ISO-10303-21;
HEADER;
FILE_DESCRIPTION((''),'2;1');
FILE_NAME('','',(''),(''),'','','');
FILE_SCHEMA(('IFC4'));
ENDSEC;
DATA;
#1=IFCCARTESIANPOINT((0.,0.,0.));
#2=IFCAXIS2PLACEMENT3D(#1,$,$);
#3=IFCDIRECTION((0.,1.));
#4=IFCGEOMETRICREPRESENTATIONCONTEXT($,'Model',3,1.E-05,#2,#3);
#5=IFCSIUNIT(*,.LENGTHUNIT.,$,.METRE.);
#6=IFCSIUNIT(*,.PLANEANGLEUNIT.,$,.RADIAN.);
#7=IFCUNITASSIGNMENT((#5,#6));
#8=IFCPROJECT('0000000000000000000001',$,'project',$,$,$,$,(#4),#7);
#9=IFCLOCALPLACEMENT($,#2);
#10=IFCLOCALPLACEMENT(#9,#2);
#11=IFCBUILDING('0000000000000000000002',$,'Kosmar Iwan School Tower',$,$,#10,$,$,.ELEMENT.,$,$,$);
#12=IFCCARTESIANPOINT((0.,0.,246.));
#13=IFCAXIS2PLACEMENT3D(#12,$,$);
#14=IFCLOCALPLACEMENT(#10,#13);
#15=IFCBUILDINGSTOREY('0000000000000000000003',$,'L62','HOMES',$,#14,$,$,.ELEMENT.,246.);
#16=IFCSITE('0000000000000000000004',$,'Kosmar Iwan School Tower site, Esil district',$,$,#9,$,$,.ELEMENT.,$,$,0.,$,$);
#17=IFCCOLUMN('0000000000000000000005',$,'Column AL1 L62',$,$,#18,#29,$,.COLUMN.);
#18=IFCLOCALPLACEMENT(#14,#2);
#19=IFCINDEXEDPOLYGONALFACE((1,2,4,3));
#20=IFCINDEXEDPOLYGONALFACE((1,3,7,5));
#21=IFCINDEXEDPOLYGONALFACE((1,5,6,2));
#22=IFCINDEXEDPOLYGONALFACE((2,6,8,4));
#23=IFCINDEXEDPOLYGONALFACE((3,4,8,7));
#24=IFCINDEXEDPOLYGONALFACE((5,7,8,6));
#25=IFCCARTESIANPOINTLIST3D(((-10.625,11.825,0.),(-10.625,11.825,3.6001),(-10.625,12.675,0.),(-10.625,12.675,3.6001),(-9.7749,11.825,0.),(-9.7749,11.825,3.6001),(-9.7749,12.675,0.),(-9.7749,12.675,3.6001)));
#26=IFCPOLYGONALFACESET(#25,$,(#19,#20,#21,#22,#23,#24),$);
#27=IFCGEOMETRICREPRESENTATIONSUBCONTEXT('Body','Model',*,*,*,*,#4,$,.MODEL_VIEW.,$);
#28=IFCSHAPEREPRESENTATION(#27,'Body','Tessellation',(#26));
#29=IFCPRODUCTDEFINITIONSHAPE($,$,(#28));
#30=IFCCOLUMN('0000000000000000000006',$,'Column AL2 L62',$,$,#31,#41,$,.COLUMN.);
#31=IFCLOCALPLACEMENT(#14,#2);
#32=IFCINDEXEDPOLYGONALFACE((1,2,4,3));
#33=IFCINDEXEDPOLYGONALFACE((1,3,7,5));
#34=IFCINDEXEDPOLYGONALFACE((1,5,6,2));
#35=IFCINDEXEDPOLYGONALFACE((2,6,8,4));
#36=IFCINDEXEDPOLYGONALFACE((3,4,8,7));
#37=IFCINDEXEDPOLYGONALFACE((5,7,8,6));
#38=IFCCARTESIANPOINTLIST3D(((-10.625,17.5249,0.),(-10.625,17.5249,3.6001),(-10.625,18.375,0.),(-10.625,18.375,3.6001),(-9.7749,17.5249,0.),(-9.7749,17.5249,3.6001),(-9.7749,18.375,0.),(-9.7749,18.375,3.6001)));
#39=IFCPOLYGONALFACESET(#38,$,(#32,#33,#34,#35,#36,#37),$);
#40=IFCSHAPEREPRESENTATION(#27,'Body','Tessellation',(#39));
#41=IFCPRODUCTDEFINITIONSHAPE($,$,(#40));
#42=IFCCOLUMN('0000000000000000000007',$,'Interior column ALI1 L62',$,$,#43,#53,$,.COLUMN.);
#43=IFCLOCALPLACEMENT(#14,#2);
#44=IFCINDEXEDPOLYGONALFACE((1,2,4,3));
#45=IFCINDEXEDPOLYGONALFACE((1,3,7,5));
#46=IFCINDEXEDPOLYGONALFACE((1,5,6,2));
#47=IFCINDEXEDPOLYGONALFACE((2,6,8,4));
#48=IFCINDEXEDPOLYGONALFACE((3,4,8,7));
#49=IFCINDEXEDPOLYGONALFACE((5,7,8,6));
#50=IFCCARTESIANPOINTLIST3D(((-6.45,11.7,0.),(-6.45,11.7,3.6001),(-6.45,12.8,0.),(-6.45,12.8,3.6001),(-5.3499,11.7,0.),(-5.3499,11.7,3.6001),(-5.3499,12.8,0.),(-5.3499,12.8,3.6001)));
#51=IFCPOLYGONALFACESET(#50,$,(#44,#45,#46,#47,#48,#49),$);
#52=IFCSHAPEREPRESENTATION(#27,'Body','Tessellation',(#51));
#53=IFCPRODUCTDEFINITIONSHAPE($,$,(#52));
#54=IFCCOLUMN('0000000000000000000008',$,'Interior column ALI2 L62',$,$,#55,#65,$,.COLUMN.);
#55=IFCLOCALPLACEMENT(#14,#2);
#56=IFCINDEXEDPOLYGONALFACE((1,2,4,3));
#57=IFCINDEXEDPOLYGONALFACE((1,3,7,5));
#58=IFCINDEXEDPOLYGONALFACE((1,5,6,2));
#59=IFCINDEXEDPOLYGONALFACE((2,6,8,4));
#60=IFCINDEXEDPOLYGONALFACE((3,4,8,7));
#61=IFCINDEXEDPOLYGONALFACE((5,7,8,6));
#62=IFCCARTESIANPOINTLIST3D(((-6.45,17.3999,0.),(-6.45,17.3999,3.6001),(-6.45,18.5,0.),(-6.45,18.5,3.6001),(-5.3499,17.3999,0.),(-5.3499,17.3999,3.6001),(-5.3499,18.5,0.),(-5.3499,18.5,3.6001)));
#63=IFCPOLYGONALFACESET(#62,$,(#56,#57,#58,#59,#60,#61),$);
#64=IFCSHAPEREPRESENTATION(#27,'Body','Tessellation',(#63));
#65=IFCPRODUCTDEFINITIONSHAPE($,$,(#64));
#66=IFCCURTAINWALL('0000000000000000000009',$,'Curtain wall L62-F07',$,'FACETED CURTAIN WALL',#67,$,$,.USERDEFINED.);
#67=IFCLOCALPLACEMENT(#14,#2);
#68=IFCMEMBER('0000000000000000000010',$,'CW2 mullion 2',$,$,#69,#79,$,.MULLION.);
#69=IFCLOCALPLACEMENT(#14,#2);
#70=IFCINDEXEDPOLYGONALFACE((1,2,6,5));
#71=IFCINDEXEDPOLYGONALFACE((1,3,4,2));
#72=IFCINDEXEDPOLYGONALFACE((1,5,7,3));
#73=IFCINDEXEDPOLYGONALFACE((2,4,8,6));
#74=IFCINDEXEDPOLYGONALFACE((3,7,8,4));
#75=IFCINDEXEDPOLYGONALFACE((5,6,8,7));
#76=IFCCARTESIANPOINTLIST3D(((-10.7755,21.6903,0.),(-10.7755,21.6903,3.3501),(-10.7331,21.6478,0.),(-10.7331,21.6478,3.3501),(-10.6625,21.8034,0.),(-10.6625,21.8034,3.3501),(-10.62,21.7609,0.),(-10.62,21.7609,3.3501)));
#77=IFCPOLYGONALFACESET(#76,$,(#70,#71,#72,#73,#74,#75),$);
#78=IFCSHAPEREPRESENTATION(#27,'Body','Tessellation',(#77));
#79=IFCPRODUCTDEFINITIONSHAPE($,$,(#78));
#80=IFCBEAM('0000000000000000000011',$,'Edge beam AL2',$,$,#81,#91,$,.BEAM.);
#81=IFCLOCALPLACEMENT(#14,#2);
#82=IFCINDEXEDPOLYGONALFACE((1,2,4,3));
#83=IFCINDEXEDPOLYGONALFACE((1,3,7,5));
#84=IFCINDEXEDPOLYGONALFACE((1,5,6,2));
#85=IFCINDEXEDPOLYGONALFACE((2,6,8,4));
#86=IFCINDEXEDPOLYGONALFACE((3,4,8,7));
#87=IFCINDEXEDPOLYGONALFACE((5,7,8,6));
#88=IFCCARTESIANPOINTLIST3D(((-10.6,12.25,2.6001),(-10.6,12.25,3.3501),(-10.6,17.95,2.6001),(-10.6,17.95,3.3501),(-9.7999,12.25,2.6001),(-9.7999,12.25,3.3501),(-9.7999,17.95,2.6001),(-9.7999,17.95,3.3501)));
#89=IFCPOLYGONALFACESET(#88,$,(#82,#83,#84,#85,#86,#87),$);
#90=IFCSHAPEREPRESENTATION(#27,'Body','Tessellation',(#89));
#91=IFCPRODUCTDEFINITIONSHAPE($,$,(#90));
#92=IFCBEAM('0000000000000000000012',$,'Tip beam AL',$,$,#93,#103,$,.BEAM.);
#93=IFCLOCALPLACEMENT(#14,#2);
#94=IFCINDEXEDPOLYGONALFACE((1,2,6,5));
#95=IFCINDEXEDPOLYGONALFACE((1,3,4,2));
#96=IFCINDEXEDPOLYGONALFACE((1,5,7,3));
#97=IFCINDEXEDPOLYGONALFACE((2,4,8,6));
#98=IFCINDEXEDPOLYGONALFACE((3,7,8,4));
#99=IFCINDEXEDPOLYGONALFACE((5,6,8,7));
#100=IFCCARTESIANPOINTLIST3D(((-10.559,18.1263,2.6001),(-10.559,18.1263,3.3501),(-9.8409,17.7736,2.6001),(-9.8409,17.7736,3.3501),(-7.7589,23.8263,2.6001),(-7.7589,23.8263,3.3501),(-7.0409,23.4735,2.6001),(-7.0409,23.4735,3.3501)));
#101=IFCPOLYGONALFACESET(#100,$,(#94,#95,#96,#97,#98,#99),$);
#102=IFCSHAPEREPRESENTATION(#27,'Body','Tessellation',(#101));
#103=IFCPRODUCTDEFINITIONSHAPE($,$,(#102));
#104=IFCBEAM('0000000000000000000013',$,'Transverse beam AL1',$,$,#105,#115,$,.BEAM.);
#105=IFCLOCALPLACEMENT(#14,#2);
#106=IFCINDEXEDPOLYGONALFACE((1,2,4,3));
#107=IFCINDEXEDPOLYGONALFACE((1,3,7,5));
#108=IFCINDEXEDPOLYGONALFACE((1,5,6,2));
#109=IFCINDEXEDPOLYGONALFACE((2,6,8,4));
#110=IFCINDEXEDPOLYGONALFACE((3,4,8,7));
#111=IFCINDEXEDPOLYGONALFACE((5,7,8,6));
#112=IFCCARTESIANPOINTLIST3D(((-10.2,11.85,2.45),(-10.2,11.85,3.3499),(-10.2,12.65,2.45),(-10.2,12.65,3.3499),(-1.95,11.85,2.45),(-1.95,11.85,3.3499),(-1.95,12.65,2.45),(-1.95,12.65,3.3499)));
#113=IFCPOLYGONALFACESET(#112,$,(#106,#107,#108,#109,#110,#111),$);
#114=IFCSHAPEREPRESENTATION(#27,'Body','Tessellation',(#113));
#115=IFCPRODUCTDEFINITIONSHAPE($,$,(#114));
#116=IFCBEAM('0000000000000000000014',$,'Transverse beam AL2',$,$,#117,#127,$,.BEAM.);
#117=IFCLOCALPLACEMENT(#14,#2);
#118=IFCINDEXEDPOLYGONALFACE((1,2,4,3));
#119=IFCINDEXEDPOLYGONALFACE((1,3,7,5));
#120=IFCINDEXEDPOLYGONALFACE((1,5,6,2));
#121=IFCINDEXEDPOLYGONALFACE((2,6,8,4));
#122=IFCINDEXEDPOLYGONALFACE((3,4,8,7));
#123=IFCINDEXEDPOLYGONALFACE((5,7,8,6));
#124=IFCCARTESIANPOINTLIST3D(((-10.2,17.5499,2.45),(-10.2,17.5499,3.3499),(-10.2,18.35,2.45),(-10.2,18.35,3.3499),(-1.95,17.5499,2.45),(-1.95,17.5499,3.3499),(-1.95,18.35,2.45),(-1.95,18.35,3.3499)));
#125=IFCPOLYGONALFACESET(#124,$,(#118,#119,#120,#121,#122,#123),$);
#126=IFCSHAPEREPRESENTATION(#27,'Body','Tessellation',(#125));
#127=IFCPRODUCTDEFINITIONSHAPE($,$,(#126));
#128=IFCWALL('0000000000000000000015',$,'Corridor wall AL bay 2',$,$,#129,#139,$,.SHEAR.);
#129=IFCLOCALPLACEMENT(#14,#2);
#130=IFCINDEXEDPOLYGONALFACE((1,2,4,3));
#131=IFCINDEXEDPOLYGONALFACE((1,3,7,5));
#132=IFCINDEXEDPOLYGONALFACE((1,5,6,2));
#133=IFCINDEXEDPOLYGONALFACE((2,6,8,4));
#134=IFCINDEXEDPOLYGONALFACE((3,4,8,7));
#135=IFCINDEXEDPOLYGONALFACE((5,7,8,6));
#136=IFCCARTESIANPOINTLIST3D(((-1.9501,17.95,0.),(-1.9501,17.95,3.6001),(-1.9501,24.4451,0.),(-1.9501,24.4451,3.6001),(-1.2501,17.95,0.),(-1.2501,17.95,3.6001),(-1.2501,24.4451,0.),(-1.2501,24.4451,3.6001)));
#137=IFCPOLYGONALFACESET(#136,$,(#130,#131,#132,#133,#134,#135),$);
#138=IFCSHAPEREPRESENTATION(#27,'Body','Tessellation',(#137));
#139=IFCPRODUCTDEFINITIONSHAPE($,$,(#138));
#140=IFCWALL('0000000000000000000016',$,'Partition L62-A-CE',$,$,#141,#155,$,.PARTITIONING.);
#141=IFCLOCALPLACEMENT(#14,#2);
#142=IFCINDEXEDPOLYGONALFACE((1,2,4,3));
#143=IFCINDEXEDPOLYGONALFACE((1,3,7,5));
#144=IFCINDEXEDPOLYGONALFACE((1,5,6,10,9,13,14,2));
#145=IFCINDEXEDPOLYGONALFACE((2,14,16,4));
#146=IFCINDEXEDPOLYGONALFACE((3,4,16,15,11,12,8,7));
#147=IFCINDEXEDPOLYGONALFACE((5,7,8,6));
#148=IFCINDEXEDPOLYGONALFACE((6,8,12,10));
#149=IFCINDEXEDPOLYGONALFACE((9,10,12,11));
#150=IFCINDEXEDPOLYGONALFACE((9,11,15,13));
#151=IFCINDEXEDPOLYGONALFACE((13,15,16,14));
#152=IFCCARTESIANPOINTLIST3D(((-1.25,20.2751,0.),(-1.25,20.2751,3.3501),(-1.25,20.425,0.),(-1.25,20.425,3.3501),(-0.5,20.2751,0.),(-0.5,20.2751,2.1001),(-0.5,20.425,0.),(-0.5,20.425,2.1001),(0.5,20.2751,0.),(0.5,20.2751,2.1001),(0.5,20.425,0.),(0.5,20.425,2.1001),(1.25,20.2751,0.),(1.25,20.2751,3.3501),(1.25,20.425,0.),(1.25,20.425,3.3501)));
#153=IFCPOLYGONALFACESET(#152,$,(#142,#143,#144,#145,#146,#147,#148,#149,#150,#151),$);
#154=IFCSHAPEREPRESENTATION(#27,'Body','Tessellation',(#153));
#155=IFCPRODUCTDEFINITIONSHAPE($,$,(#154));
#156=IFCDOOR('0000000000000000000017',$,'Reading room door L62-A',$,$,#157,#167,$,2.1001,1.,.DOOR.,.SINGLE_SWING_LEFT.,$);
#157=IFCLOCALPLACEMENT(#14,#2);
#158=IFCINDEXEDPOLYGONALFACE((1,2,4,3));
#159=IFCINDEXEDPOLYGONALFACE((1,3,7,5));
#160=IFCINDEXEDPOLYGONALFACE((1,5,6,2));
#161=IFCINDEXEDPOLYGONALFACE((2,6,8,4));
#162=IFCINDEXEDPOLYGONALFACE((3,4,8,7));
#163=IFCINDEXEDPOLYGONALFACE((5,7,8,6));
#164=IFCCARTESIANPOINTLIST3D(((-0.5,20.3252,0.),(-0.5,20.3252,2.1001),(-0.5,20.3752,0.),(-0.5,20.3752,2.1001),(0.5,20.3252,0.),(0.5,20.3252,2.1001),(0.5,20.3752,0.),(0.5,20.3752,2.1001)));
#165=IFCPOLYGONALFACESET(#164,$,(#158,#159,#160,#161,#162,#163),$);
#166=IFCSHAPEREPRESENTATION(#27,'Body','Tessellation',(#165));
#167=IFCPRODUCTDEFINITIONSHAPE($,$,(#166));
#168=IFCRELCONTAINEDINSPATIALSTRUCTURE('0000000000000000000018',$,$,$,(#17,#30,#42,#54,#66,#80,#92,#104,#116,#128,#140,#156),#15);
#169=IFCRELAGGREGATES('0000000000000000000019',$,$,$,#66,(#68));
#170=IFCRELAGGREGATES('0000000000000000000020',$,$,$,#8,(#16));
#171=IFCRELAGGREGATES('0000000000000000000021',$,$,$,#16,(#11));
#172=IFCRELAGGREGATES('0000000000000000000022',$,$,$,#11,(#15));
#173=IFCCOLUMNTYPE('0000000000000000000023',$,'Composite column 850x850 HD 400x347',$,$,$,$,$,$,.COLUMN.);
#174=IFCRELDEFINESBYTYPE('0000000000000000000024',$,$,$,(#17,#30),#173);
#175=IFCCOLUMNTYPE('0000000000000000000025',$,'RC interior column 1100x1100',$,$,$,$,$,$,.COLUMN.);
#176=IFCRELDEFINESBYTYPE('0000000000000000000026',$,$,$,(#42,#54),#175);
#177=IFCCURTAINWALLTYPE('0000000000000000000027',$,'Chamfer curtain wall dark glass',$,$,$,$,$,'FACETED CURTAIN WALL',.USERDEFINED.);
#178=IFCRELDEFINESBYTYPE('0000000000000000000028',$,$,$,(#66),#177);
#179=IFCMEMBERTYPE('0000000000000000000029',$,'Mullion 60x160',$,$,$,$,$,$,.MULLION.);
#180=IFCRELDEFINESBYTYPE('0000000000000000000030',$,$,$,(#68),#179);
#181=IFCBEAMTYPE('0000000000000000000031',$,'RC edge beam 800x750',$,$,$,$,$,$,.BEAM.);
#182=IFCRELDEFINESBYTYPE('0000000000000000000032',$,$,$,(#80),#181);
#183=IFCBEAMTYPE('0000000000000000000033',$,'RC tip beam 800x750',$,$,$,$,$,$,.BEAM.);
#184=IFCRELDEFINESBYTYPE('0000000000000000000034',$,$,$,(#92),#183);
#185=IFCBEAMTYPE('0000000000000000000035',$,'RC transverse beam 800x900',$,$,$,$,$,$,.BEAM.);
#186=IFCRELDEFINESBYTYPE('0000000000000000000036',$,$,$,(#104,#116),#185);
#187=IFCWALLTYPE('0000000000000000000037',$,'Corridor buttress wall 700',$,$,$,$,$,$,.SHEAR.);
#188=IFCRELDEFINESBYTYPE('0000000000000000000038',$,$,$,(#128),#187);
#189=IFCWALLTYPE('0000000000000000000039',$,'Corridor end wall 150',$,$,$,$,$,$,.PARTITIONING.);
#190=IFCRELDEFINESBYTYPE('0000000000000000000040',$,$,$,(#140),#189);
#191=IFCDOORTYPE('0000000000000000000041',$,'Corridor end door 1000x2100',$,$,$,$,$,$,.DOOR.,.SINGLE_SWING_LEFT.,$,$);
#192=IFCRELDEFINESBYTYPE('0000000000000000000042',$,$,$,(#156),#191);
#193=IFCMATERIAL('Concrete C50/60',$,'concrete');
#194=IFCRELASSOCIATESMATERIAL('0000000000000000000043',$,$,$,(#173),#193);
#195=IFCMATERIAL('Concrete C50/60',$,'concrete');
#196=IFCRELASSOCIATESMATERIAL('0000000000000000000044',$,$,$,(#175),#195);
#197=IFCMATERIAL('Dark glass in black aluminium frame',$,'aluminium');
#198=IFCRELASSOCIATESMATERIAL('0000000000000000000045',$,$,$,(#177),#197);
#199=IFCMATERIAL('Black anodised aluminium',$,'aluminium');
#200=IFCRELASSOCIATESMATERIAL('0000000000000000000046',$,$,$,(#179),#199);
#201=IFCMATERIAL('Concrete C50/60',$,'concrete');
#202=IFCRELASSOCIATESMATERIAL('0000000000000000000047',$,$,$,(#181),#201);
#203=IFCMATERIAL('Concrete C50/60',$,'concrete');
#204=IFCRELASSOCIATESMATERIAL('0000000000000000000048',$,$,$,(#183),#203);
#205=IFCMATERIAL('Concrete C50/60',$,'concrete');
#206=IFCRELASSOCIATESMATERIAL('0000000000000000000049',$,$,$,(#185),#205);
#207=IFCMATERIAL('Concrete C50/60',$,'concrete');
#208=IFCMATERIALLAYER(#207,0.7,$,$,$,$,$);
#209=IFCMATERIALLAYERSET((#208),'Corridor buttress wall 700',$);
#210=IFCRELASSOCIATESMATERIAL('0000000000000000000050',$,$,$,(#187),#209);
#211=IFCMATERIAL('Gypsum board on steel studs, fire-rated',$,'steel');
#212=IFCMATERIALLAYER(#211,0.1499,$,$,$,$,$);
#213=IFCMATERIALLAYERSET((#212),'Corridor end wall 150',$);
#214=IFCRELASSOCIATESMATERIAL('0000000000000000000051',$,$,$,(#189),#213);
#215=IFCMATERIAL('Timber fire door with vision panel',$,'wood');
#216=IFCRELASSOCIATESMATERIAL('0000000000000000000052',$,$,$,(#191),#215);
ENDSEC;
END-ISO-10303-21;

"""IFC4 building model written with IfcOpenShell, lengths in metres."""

from ifc_helpers import new_model, si_unit, direction, frame, frame_2d, origin, origin_2d, place, context, subcontext, project, spatial, rectangle, extrude, material, layer, layer_set, material_profile, profile_set, type_object, element, fill, aggregate, save


model = new_model("IFC4")

# Units and contexts
model_context = context("Model", 3, precision=1e-05, world=origin(), true_north=direction((0.0, 1.0)))
body_context = subcontext(model_context, "Body", "Model", "MODEL_VIEW")
ifc_project = project(units=[si_unit("LENGTHUNIT", "METRE"), si_unit("PLANEANGLEUNIT", "RADIAN")], contexts=[model_context])

# Site, building, storey
site_placement = place(None, origin())
site = spatial("IfcSite", under=ifc_project, at=site_placement, Name="Kosmar Iwan School Tower site, Esil district", CompositionType="ELEMENT", RefElevation=0.0)
building_placement = place(site_placement, origin())
building = spatial("IfcBuilding", under=site, at=building_placement, Name="Kosmar Iwan School Tower", CompositionType="ELEMENT")
storey_placement = place(building_placement, frame((0.0, 0.0, 246.0)))
storey = spatial("IfcBuildingStorey", under=building, at=storey_placement, Name="L62", Description="HOMES", CompositionType="ELEMENT", Elevation=246.0)

# Columns
ifc_material_1 = material(Name="Concrete C50/60", Category="concrete")
ifc_material_profile_1 = material_profile(ifc_material_1, rectangle(XDim=0.8501, YDim=0.8501, at=origin_2d()), Name="RC 850x850 + HD 400x347")
ifc_profile_set_1 = profile_set([ifc_material_profile_1], Name="Concrete C50/60")
column_type_1 = type_object("IfcColumnType", Name="Composite column 850x850 HD 400x347", PredefinedType="COLUMN", material=ifc_profile_set_1)
for number, where, z_axis, x_axis, name in (
    (1, (-10.2, 12.25, 0.0), (0.0, 0.0, 1.0), (0.0, 1.0, 0.0), "Column AL1 L62"),
    (2, (-10.2, 17.95, 0.0), (0.0, 0.0, 1.0), (0.0, 1.0, 0.0), "Column AL2 L62"),
):
    element("IfcColumn", number, at=place(storey_placement, frame(where, z_axis=z_axis, x_axis=x_axis)), inside=storey, type_object=column_type_1, Name=name, PredefinedType="COLUMN", context=body_context, shape_type="SweptSolid", body=[
        extrude(rectangle(XDim=0.8501, YDim=0.8501, at=origin_2d()), origin(), (0.0, 0.0, 1.0), 3.6001),
    ])
ifc_material_2 = material(Name="Concrete C50/60", Category="concrete")
ifc_material_profile_2 = material_profile(ifc_material_2, rectangle(XDim=1.1001, YDim=1.1001, at=origin_2d()), Name="RC 1100x1100")
ifc_profile_set_2 = profile_set([ifc_material_profile_2], Name="Concrete C50/60")
column_type_2 = type_object("IfcColumnType", Name="RC interior column 1100x1100", PredefinedType="COLUMN", material=ifc_profile_set_2)
for number, where, z_axis, x_axis, name in (
    (3, (-5.8999, 12.25, 0.0), (0.0, 0.0, 1.0), (0.0, 1.0, 0.0), "Interior column ALI1 L62"),
    (4, (-5.8999, 17.95, 0.0), (0.0, 0.0, 1.0), (0.0, 1.0, 0.0), "Interior column ALI2 L62"),
):
    element("IfcColumn", number, at=place(storey_placement, frame(where, z_axis=z_axis, x_axis=x_axis)), inside=storey, type_object=column_type_2, Name=name, PredefinedType="COLUMN", context=body_context, shape_type="SweptSolid", body=[
        extrude(rectangle(XDim=1.1001, YDim=1.1001, at=origin_2d()), origin(), (0.0, 0.0, 1.0), 3.6001),
    ])

# Curtain wall, member
ifc_material_3 = material(Name="Dark glass in black aluminium frame", Category="aluminium")
curtain_wall_type = type_object("IfcCurtainWallType", Name="Chamfer curtain wall dark glass", ElementType="FACETED CURTAIN WALL", PredefinedType="USERDEFINED", material=ifc_material_3)
curtain_wall_placement = place(storey_placement, origin())
curtain_wall = element("IfcCurtainWall", 5, at=curtain_wall_placement, inside=storey, type_object=curtain_wall_type, Name="Curtain wall L62-F07", ObjectType="FACETED CURTAIN WALL", PredefinedType="USERDEFINED")
ifc_material_4 = material(Name="Black anodised aluminium", Category="aluminium")
ifc_material_profile_3 = material_profile(ifc_material_4, rectangle(XDim=0.0601, YDim=0.1599, at=origin_2d()), Name="MULLION 60x160")
ifc_profile_set_3 = profile_set([ifc_material_profile_3], Name="Black anodised aluminium")
member_type = type_object("IfcMemberType", Name="Mullion 60x160", PredefinedType="MULLION", material=ifc_profile_set_3)
member_placement = place(storey_placement, frame((-10.6978, 21.7256, 0.0), z_axis=(0.0, 0.0, 1.0), x_axis=(0.707107, -0.707107, 0.0)))
member = element("IfcMember", 6, at=member_placement, type_object=member_type, Name="CW2 mullion 2", PredefinedType="MULLION", context=body_context, shape_type="SweptSolid", body=[
    extrude(rectangle(XDim=0.0601, YDim=0.1599, at=origin_2d()), origin(), (0.0, 0.0, 1.0), 3.3501),
])
aggregate(curtain_wall, [member])

# Beams
ifc_material_5 = material(Name="Concrete C50/60", Category="concrete")
ifc_material_profile_4 = material_profile(ifc_material_5, rectangle(XDim=0.8, YDim=0.75, at=origin_2d()), Name="RC 800x750")
ifc_profile_set_4 = profile_set([ifc_material_profile_4], Name="Concrete C50/60")
beam_type_1 = type_object("IfcBeamType", Name="RC edge beam 800x750", PredefinedType="BEAM", material=ifc_profile_set_4)
beam_1_placement = place(storey_placement, frame((-10.2, 12.25, 2.9751), z_axis=(0.0, 1.0, 0.0), x_axis=(-1.0, 0.0, 0.0)))
element("IfcBeam", 7, at=beam_1_placement, inside=storey, type_object=beam_type_1, Name="Edge beam AL2", PredefinedType="BEAM", context=body_context, shape_type="SweptSolid", body=[
    extrude(rectangle(XDim=0.8, YDim=0.75, at=origin_2d()), origin(), (0.0, 0.0, 1.0), 5.7),
])
ifc_material_6 = material(Name="Concrete C50/60", Category="concrete")
ifc_material_profile_5 = material_profile(ifc_material_6, rectangle(XDim=0.8, YDim=0.75, at=origin_2d()), Name="RC 800x750")
ifc_profile_set_5 = profile_set([ifc_material_profile_5], Name="Concrete C50/60")
beam_type_2 = type_object("IfcBeamType", Name="RC tip beam 800x750", PredefinedType="BEAM", material=ifc_profile_set_5)
beam_2_placement = place(storey_placement, frame((-10.2, 17.95, 2.9751), z_axis=(0.440913, 0.89755, 0.0), x_axis=(-0.89755, 0.440913, 0.0)))
element("IfcBeam", 8, at=beam_2_placement, inside=storey, type_object=beam_type_2, Name="Tip beam AL", PredefinedType="BEAM", context=body_context, shape_type="SweptSolid", body=[
    extrude(rectangle(XDim=0.8, YDim=0.75, at=origin_2d()), origin(), (0.0, 0.0, 1.0), 6.3506),
])
ifc_material_7 = material(Name="Concrete C50/60", Category="concrete")
ifc_material_profile_6 = material_profile(ifc_material_7, rectangle(XDim=0.8, YDim=0.8999, at=origin_2d()), Name="RC 800x900")
ifc_profile_set_6 = profile_set([ifc_material_profile_6], Name="Concrete C50/60")
beam_type_3 = type_object("IfcBeamType", Name="RC transverse beam 800x900", PredefinedType="BEAM", material=ifc_profile_set_6)
for number, where, z_axis, x_axis, name in (
    (9, (-10.2, 12.25, 2.8999), (1.0, 0.0, 0.0), (0.0, 1.0, 0.0), "Transverse beam AL1"),
    (10, (-10.2, 17.95, 2.8999), (1.0, 0.0, 0.0), (0.0, 1.0, 0.0), "Transverse beam AL2"),
):
    element("IfcBeam", number, at=place(storey_placement, frame(where, z_axis=z_axis, x_axis=x_axis)), inside=storey, type_object=beam_type_3, Name=name, PredefinedType="BEAM", context=body_context, shape_type="SweptSolid", body=[
        extrude(rectangle(XDim=0.8, YDim=0.8999, at=origin_2d()), origin(), (0.0, 0.0, 1.0), 8.25),
    ])

# Wall
ifc_material_8 = material(Name="Concrete C50/60", Category="concrete")
ifc_layer_1 = layer(ifc_material_8, 0.7)
ifc_layer_set_1 = layer_set([ifc_layer_1], Name="Corridor buttress wall 700")
wall_type_1 = type_object("IfcWallType", Name="Corridor buttress wall 700", PredefinedType="SHEAR", material=ifc_layer_set_1)
wall_1_placement = place(storey_placement, frame((-1.6001, 17.95, 0.0), z_axis=(0.0, 0.0, 1.0), x_axis=(0.0, 1.0, 0.0)))
element("IfcWall", 11, at=wall_1_placement, inside=storey, type_object=wall_type_1, Name="Corridor wall AL bay 2", PredefinedType="SHEAR", context=body_context, shape_type="SweptSolid", body=[
    extrude(rectangle(XDim=6.4951, YDim=0.7, at=frame_2d((3.2476, 0.0))), origin(), (0.0, 0.0, 1.0), 3.6001),
])

# Wall, opening, door
ifc_material_9 = material(Name="Gypsum board on steel studs, fire-rated", Category="steel")
ifc_layer_2 = layer(ifc_material_9, 0.1499)
ifc_layer_set_2 = layer_set([ifc_layer_2], Name="Corridor end wall 150")
wall_type_2 = type_object("IfcWallType", Name="Corridor end wall 150", PredefinedType="PARTITIONING", material=ifc_layer_set_2)
wall_2_placement = place(storey_placement, frame((1.25, 20.3501, 0.0), z_axis=(0.0, 0.0, 1.0), x_axis=(-1.0, 0.0, 0.0)))
wall_2 = element("IfcWall", 12, at=wall_2_placement, inside=storey, type_object=wall_type_2, Name="Partition L62-A-CE", PredefinedType="PARTITIONING", context=body_context, shape_type="SweptSolid", body=[
    extrude(rectangle(XDim=2.5, YDim=0.1499, at=frame_2d((1.25, 0.0))), origin(), (0.0, 0.0, 1.0), 3.3501),
])
opening_1_placement = place(wall_2_placement, frame((0.75, 0.0, 0.0)))
opening_1 = element("IfcOpeningElement", 13, at=opening_1_placement, cuts=wall_2, PredefinedType="OPENING", context=body_context, shape_type="SweptSolid", body=[
    extrude(rectangle(XDim=1.0, YDim=2.1001, at=frame_2d((0.5, 1.05))), frame((0.0, 0.0869, 0.0), z_axis=(0.0, -1.0, 0.0), x_axis=(1.0, 0.0, 0.0)), (0.0, 0.0, 1.0), 0.1738),
])
ifc_material_10 = material(Name="Timber fire door with vision panel", Category="wood")
door_type_1 = type_object("IfcDoorType", Name="Corridor end door 1000x2100", OperationType="SINGLE_SWING_LEFT", PredefinedType="DOOR", material=ifc_material_10)
door_1_placement = place(opening_1_placement, origin())
door_1 = element("IfcDoor", 14, at=door_1_placement, inside=storey, type_object=door_type_1, Name="Reading room door L62-A", OperationType="SINGLE_SWING_LEFT", OverallHeight=2.1001, OverallWidth=1.0, PredefinedType="DOOR", context=body_context, shape_type="SweptSolid", body=[
    extrude(rectangle(XDim=1.0, YDim=2.1001, at=frame_2d((0.5, 1.05))), frame((0.0, 0.0249, 0.0), z_axis=(0.0, -1.0, 0.0), x_axis=(1.0, 0.0, 0.0)), (0.0, 0.0, 1.0), 0.05),
])
fill(opening_1, door_1)

save(model, "model.ifc")
